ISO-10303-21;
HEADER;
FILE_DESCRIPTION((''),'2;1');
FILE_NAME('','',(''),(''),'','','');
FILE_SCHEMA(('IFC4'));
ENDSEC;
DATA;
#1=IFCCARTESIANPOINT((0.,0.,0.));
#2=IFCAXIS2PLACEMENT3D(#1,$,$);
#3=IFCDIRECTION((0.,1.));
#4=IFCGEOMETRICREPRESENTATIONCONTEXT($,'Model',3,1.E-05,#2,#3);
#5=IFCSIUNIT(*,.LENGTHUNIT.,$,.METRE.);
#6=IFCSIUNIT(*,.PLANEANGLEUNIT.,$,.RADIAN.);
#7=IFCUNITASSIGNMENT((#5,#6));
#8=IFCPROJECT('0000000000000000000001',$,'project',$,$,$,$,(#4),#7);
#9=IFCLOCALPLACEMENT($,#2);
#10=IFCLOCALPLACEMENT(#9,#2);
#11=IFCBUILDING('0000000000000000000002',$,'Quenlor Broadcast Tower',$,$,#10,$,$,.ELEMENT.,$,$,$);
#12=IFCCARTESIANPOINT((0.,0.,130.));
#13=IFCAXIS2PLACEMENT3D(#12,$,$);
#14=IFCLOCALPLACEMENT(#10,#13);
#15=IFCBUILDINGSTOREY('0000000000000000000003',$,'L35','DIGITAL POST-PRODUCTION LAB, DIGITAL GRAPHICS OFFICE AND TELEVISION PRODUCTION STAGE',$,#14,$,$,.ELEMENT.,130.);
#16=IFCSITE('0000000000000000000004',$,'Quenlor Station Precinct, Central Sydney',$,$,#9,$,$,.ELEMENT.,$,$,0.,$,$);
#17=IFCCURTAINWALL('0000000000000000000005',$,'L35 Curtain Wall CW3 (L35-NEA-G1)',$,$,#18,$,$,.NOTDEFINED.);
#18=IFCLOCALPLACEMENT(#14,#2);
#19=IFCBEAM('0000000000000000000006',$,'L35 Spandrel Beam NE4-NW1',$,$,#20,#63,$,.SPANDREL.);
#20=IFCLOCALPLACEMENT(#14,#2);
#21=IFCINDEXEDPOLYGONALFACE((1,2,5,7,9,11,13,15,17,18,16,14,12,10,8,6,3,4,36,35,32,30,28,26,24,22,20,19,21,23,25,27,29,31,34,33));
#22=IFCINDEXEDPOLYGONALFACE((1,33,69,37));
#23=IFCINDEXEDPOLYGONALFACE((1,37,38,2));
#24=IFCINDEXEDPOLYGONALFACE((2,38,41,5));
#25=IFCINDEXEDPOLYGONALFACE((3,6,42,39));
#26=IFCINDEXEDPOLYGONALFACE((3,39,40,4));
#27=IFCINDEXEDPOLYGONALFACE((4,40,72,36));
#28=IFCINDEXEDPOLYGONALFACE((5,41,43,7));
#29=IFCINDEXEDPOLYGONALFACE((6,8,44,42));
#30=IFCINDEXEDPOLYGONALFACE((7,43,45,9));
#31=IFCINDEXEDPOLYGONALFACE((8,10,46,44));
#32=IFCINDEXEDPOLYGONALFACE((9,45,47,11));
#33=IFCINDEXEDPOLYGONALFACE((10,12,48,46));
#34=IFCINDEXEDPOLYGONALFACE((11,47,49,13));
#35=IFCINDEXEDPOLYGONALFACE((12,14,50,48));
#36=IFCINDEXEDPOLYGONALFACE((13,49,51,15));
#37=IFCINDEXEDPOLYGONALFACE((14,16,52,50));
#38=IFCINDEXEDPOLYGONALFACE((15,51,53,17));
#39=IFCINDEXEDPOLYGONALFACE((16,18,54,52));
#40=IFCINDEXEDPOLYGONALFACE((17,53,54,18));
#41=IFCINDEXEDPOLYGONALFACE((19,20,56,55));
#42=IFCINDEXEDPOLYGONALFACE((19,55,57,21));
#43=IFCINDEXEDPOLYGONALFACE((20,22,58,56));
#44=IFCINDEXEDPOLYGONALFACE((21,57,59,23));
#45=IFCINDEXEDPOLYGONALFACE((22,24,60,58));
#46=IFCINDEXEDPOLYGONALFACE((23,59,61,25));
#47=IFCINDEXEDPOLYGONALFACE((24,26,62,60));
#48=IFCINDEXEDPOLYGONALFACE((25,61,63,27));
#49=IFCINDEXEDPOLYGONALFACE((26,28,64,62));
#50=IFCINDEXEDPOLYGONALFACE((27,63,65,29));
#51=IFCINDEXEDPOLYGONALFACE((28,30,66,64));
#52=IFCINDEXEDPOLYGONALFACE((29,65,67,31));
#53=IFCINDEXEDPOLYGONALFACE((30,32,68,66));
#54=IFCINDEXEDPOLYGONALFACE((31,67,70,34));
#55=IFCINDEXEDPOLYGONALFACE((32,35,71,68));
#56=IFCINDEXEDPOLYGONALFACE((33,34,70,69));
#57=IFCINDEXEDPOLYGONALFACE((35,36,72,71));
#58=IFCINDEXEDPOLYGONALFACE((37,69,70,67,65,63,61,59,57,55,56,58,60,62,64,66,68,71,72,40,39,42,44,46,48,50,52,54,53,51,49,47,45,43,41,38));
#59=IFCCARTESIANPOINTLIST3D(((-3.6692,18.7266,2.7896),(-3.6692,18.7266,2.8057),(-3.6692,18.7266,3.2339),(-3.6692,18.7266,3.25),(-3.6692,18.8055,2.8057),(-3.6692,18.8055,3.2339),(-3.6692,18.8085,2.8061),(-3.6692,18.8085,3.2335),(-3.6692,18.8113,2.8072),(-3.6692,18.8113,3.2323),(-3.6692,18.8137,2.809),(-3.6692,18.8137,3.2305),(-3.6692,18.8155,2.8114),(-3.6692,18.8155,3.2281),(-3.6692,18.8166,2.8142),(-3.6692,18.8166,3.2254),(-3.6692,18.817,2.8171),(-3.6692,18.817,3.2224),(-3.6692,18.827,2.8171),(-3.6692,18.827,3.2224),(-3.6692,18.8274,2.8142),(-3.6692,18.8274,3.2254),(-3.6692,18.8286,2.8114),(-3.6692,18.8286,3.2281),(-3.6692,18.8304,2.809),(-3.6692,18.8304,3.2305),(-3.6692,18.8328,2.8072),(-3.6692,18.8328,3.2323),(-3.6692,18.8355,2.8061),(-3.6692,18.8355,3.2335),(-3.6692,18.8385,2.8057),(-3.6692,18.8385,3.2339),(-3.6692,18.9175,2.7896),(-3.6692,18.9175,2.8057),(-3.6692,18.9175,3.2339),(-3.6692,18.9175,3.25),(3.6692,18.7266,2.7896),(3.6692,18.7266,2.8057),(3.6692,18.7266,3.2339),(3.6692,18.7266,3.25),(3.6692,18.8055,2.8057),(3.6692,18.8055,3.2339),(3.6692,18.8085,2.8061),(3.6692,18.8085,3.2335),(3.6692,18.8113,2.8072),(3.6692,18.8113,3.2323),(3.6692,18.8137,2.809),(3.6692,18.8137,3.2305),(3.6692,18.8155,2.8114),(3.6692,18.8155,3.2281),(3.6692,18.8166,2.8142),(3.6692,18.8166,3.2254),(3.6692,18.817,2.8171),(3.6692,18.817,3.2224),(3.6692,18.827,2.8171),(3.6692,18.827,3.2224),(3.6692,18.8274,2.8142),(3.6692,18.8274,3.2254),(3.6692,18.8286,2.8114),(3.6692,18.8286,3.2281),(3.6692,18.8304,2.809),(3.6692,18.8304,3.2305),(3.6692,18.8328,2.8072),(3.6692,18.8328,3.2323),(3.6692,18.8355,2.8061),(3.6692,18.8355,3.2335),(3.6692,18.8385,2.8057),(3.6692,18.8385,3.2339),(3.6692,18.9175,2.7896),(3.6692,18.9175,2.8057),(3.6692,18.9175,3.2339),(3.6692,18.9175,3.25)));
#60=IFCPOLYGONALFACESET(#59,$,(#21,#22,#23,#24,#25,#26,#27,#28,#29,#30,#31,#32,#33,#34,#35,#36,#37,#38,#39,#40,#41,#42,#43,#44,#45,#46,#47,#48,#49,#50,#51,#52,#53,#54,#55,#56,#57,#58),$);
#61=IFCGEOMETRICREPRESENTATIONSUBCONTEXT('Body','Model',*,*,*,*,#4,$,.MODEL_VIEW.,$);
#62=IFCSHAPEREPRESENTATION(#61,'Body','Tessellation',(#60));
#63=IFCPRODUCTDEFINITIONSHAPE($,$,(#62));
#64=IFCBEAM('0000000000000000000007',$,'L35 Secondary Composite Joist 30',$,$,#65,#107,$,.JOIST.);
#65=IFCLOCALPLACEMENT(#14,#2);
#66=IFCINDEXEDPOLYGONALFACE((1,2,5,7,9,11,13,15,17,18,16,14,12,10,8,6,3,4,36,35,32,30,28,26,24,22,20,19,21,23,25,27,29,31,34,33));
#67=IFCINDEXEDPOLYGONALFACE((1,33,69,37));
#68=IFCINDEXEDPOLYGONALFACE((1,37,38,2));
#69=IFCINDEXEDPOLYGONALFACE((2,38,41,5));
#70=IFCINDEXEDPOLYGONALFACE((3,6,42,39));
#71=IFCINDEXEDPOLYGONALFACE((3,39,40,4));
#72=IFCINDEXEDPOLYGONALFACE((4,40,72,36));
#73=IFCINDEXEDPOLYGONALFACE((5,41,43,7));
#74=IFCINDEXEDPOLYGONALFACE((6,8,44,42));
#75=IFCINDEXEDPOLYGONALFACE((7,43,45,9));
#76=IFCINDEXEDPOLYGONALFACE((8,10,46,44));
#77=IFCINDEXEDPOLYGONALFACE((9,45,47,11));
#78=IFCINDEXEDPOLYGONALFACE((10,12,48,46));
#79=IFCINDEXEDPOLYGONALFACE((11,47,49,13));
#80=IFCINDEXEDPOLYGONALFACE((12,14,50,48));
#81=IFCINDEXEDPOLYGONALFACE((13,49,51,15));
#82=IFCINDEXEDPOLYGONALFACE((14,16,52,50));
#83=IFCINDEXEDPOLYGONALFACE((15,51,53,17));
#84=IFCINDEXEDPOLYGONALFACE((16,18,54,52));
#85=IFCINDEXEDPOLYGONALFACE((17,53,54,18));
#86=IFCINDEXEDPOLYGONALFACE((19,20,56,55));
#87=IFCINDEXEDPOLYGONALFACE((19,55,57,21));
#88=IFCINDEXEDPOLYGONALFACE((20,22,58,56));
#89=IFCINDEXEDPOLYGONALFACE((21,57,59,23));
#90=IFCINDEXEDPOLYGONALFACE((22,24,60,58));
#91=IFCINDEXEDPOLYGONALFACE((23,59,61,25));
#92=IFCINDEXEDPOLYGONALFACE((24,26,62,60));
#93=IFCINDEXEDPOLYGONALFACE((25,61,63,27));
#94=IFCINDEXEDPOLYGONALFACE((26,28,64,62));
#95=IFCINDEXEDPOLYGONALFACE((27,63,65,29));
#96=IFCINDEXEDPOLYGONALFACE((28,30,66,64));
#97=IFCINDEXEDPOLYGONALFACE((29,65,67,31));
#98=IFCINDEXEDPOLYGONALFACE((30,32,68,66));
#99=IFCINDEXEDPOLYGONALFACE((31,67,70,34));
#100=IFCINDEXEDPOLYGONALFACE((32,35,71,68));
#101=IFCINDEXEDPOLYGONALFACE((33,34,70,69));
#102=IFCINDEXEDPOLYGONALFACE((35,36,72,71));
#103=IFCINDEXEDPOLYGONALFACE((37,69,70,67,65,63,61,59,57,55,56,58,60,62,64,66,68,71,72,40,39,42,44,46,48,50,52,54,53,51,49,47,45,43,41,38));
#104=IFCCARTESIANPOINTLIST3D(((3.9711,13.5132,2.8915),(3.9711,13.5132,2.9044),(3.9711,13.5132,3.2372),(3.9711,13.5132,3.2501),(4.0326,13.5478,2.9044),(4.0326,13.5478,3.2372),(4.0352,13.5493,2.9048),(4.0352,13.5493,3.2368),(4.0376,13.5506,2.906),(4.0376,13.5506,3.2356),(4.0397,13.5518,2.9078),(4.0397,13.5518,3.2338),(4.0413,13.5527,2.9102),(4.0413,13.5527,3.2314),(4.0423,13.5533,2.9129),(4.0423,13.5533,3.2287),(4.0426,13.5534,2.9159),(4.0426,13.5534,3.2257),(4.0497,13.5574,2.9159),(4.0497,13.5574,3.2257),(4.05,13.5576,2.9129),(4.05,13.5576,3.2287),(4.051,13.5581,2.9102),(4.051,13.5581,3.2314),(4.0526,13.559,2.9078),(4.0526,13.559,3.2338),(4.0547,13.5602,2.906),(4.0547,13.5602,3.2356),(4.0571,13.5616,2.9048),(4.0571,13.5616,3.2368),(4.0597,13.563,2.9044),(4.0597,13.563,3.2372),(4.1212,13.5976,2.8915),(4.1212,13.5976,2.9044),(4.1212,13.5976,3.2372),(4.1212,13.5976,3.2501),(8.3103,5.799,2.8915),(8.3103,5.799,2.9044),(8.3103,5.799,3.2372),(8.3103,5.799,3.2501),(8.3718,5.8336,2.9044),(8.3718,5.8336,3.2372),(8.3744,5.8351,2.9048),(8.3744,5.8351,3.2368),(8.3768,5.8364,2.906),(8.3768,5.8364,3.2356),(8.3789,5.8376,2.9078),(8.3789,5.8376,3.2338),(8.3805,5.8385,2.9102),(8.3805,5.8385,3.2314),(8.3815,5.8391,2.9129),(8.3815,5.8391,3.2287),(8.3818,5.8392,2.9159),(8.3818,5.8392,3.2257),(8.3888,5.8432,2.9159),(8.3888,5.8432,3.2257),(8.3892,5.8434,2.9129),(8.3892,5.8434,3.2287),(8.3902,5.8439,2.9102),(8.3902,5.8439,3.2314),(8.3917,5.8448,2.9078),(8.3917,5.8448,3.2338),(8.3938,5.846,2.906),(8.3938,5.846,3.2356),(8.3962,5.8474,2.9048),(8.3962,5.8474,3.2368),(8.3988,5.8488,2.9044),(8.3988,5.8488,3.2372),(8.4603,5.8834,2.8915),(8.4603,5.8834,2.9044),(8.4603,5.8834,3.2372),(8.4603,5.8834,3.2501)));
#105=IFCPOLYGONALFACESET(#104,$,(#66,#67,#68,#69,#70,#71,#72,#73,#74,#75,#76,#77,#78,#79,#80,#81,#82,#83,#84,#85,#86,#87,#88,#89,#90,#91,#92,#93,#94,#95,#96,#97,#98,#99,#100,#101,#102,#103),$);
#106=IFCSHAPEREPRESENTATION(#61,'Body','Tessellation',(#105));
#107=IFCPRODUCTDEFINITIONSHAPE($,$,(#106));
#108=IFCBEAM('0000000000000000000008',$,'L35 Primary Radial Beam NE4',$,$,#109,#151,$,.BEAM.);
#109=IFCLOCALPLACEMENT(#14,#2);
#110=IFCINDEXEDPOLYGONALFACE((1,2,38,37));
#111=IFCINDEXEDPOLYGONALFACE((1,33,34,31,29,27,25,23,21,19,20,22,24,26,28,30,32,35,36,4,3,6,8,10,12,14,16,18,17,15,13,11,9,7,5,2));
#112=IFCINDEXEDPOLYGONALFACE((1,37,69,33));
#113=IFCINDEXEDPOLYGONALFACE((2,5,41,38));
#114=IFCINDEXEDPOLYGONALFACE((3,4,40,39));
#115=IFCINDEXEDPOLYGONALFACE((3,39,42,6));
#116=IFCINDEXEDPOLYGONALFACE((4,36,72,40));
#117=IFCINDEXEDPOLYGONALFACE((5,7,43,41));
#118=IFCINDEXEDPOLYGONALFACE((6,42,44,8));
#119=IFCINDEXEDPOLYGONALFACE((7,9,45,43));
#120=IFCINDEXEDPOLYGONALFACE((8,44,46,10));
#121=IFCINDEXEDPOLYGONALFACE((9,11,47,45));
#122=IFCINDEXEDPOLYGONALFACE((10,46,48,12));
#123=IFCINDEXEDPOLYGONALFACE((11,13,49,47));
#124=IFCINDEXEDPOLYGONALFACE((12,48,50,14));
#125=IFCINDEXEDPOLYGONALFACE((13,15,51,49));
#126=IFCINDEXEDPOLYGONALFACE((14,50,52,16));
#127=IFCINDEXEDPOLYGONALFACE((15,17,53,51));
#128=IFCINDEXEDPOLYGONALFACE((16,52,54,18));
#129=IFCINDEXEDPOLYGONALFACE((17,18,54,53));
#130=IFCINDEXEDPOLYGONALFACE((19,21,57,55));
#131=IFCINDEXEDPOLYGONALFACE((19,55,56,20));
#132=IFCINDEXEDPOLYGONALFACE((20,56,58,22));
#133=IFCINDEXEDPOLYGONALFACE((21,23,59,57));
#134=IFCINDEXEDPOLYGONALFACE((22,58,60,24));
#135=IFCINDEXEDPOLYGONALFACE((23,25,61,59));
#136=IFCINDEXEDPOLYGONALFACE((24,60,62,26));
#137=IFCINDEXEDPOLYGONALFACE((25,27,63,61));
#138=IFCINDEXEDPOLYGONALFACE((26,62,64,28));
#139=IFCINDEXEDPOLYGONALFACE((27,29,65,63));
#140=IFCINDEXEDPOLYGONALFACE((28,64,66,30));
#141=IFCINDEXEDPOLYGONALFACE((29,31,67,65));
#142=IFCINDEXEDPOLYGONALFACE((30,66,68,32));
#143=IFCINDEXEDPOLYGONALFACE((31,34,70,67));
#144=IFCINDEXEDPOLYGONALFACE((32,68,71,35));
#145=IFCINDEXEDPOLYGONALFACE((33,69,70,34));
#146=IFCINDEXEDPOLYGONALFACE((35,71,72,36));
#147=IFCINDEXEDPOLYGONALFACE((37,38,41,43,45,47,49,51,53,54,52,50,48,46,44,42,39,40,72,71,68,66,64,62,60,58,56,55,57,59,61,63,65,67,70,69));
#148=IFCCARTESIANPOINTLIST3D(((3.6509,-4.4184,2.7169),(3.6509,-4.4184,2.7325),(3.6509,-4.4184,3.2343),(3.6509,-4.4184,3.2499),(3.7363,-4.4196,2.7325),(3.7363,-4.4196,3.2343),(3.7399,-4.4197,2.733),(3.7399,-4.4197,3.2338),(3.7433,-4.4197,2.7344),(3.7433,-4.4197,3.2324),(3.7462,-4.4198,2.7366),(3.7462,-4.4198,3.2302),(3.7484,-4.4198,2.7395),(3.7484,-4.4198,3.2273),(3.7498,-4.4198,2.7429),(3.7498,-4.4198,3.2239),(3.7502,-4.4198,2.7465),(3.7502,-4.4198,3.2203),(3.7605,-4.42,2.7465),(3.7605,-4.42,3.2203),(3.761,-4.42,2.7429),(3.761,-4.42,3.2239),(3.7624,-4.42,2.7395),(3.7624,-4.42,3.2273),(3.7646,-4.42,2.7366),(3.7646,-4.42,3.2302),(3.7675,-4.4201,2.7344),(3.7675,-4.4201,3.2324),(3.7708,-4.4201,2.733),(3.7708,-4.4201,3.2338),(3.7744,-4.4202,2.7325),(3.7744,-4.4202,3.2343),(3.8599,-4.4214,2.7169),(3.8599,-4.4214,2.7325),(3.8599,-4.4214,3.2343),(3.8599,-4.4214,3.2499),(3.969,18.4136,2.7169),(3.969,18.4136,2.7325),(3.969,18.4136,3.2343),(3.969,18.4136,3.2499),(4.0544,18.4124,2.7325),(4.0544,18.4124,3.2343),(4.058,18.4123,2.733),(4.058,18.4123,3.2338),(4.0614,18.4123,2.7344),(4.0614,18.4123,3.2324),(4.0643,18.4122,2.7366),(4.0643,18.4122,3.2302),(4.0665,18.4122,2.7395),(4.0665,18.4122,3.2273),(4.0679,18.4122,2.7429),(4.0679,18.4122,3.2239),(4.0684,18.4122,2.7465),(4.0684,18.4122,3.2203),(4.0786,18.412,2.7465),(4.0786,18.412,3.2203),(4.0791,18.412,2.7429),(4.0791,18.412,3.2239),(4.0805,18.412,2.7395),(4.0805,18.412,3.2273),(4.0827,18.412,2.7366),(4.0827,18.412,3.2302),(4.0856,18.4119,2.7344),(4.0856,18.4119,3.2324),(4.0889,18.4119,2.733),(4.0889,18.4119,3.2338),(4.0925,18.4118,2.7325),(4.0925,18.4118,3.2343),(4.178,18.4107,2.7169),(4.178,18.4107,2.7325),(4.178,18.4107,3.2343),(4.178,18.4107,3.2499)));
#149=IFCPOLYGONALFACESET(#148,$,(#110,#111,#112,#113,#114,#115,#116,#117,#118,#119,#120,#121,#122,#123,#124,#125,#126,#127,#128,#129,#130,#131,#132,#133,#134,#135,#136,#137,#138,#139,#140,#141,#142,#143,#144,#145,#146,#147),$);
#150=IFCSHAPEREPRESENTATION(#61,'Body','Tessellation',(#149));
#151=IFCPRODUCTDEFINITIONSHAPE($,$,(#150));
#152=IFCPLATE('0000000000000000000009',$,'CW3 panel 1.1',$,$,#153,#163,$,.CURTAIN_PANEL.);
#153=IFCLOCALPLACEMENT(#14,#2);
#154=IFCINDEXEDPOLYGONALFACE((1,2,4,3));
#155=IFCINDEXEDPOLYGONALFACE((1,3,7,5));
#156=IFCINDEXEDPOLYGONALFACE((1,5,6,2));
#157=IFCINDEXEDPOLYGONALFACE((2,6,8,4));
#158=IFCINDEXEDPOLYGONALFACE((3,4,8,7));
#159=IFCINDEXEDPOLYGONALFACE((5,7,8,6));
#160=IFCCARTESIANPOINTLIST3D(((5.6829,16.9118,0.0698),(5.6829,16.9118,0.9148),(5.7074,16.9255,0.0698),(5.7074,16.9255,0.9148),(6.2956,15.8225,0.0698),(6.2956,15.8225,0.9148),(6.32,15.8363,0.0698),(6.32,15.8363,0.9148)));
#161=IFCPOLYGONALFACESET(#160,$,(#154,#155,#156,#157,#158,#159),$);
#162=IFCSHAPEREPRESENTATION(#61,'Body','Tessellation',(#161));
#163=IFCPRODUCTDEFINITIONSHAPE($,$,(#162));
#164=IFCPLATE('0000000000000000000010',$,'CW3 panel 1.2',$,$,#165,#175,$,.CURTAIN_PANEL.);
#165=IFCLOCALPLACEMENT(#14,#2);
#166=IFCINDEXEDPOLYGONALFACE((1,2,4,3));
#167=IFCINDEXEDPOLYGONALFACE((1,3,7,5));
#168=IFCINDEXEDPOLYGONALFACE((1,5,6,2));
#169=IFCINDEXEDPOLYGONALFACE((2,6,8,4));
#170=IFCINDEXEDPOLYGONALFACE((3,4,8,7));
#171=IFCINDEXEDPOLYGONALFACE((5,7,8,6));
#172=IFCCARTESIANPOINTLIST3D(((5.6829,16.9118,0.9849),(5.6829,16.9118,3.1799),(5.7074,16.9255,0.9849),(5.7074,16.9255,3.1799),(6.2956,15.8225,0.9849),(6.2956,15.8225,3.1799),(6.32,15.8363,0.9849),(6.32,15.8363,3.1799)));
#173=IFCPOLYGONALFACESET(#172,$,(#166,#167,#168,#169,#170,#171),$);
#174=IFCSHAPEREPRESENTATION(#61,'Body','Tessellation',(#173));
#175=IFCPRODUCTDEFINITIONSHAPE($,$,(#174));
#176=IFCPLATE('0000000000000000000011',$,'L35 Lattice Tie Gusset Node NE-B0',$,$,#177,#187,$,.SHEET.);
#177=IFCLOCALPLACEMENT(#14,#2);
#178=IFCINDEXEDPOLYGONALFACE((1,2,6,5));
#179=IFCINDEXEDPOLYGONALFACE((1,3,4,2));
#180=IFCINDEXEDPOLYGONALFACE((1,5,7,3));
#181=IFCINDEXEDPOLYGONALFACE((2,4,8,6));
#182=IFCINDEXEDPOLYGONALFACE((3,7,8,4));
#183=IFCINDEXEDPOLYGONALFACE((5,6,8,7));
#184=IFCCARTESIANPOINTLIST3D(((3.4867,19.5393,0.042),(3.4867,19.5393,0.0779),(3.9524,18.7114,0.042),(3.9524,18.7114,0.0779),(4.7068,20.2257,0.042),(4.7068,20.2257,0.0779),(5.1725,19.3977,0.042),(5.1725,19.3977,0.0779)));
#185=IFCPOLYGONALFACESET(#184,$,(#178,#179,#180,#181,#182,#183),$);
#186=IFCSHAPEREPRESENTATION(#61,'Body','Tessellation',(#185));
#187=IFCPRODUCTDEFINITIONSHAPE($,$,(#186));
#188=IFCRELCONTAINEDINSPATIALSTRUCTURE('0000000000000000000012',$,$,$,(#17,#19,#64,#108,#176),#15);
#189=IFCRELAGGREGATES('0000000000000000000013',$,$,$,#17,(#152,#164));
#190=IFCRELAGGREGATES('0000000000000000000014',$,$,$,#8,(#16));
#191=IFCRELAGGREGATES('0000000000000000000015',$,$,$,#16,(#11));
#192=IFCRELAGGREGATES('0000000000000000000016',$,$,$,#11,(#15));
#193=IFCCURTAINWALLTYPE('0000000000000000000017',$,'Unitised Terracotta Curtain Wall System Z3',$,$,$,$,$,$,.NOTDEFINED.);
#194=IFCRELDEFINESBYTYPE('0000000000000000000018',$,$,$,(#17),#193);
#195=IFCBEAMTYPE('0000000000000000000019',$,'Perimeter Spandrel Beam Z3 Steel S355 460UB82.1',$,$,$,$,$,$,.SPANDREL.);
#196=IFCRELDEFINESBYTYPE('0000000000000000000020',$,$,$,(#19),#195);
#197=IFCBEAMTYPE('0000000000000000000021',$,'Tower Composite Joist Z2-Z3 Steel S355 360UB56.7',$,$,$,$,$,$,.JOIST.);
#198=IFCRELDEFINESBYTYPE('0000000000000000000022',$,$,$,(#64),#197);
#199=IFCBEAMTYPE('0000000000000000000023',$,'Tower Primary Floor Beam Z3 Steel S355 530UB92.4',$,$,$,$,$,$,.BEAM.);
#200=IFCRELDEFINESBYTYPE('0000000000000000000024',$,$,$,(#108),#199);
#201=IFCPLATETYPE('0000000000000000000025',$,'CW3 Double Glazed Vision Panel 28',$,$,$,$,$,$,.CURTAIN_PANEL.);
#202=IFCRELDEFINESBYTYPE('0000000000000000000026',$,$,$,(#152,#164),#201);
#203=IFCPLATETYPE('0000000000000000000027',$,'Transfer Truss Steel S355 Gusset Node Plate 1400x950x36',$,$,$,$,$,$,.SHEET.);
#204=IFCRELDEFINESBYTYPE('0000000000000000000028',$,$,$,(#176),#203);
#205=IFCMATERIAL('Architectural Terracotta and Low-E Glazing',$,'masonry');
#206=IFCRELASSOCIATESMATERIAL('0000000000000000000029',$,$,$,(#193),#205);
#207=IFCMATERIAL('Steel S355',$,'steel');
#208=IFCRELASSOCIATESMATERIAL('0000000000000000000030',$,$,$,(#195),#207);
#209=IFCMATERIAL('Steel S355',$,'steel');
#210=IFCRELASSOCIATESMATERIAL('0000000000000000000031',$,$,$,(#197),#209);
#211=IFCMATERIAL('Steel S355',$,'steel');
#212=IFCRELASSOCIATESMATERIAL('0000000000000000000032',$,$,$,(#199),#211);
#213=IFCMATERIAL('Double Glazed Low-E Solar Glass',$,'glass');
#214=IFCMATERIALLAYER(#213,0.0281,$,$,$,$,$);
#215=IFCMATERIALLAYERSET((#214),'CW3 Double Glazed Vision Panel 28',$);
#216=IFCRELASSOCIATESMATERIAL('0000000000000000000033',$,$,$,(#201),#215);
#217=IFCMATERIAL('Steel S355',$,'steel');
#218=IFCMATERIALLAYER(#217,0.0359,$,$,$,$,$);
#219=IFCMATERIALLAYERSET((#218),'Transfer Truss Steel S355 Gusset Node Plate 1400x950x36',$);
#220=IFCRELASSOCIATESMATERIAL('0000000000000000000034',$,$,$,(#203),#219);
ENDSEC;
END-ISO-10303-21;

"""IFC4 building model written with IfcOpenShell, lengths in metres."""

from ifc_helpers import new_model, si_unit, direction, frame, origin, origin_2d, place, context, subcontext, project, spatial, rectangle, i_section, extrude, material, layer, layer_set, material_profile, profile_set, type_object, element, aggregate, save


model = new_model("IFC4")

# Units and contexts
model_context = context("Model", 3, precision=1e-05, world=origin(), true_north=direction((0.0, 1.0)))
body_context = subcontext(model_context, "Body", "Model", "MODEL_VIEW")
ifc_project = project(units=[si_unit("LENGTHUNIT", "METRE"), si_unit("PLANEANGLEUNIT", "RADIAN")], contexts=[model_context])

# Site, building, storey
site_placement = place(None, origin())
site = spatial("IfcSite", under=ifc_project, at=site_placement, Name="Quenlor Station Precinct, Central Sydney", CompositionType="ELEMENT", RefElevation=0.0)
building_placement = place(site_placement, origin())
building = spatial("IfcBuilding", under=site, at=building_placement, Name="Quenlor Broadcast Tower", CompositionType="ELEMENT")
storey_placement = place(building_placement, frame((0.0, 0.0, 130.0)))
storey = spatial("IfcBuildingStorey", under=building, at=storey_placement, Name="L35", Description="DIGITAL POST-PRODUCTION LAB, DIGITAL GRAPHICS OFFICE AND TELEVISION PRODUCTION STAGE", CompositionType="ELEMENT", Elevation=130.0)

# Curtain wall
ifc_material_1 = material(Name="Architectural Terracotta and Low-E Glazing", Category="masonry")
curtain_wall_type = type_object("IfcCurtainWallType", Name="Unitised Terracotta Curtain Wall System Z3", PredefinedType="NOTDEFINED", material=ifc_material_1)
curtain_wall_1_placement = place(storey_placement, origin())
curtain_wall_1 = element("IfcCurtainWall", 1, at=curtain_wall_1_placement, inside=storey, type_object=curtain_wall_type, Name="L35 Curtain Wall CW3 (L35-NEA-G1)", PredefinedType="NOTDEFINED")

# Beams
ifc_material_2 = material(Name="Steel S355", Category="steel")
ifc_material_profile_1 = material_profile(ifc_material_2, i_section(OverallWidth=0.1909, OverallDepth=0.4604, WebThickness=0.01, FlangeThickness=0.0161, FilletRadius=0.0115, at=origin_2d()))
ifc_profile_set_1 = profile_set([ifc_material_profile_1], Name="Steel S355 460UB82.1")
beam_type_1 = type_object("IfcBeamType", Name="Perimeter Spandrel Beam Z3 Steel S355 460UB82.1", PredefinedType="SPANDREL", material=ifc_profile_set_1)
beam_1_placement = place(storey_placement, frame((3.6692, 18.822, 3.0198), z_axis=(-1.0, 0.0, 0.0), x_axis=(0.0, -1.0, 0.0)))
element("IfcBeam", 2, at=beam_1_placement, inside=storey, type_object=beam_type_1, Name="L35 Spandrel Beam NE4-NW1", PredefinedType="SPANDREL", context=body_context, shape_type="SweptSolid", body=[
    extrude(i_section(OverallWidth=0.1909, OverallDepth=0.4604, WebThickness=0.01, FlangeThickness=0.0161, FilletRadius=0.0115, at=origin_2d()), origin(), (0.0, 0.0, 1.0), 7.3384),
])
ifc_material_3 = material(Name="Steel S355", Category="steel")
ifc_material_profile_2 = material_profile(ifc_material_3, i_section(OverallWidth=0.1721, OverallDepth=0.3586, WebThickness=0.0081, FlangeThickness=0.0129, FilletRadius=0.0115, at=origin_2d()))
ifc_profile_set_2 = profile_set([ifc_material_profile_2], Name="Steel S355 360UB56.7")
beam_type_2 = type_object("IfcBeamType", Name="Tower Composite Joist Z2-Z3 Steel S355 360UB56.7", PredefinedType="JOIST", material=ifc_profile_set_2)
beam_2_placement = place(storey_placement, frame((4.0461, 13.5554, 3.0708), z_axis=(0.490255, -0.871579, 0.0), x_axis=(0.871579, 0.490255, 0.0)))
element("IfcBeam", 3, at=beam_2_placement, inside=storey, type_object=beam_type_2, Name="L35 Secondary Composite Joist 30", PredefinedType="JOIST", context=body_context, shape_type="SweptSolid", body=[
    extrude(i_section(OverallWidth=0.1721, OverallDepth=0.3586, WebThickness=0.0081, FlangeThickness=0.0129, FilletRadius=0.0115, at=origin_2d()), origin(), (0.0, 0.0, 1.0), 8.8508),
])
ifc_material_4 = material(Name="Steel S355", Category="steel")
ifc_material_profile_3 = material_profile(ifc_material_4, i_section(OverallWidth=0.209, OverallDepth=0.533, WebThickness=0.0103, FlangeThickness=0.0156, FilletRadius=0.0139, at=origin_2d()))
ifc_profile_set_3 = profile_set([ifc_material_profile_3], Name="Steel S355 530UB92.4")
beam_type_3 = type_object("IfcBeamType", Name="Tower Primary Floor Beam Z3 Steel S355 530UB92.4", PredefinedType="BEAM", material=ifc_profile_set_3)
beam_3_placement = place(storey_placement, frame((4.0735, 18.4121, 2.9834), z_axis=(-0.013931, -0.999903, 0.0), x_axis=(0.999903, -0.013931, 0.0)))
element("IfcBeam", 4, at=beam_3_placement, inside=storey, type_object=beam_type_3, Name="L35 Primary Radial Beam NE4", PredefinedType="BEAM", context=body_context, shape_type="SweptSolid", body=[
    extrude(i_section(OverallWidth=0.209, OverallDepth=0.533, WebThickness=0.0103, FlangeThickness=0.0156, FilletRadius=0.0139, at=origin_2d()), origin(), (0.0, 0.0, 1.0), 22.8342),
])

# Plates
ifc_material_5 = material(Name="Double Glazed Low-E Solar Glass", Category="glass")
ifc_layer_1 = layer(ifc_material_5, 0.0281)
ifc_layer_set_1 = layer_set([ifc_layer_1], Name="CW3 Double Glazed Vision Panel 28")
plate_type_1 = type_object("IfcPlateType", Name="CW3 Double Glazed Vision Panel 28", PredefinedType="CURTAIN_PANEL", material=ifc_layer_set_1)
plate_1_placement = place(storey_placement, frame((6.0015, 16.374, 0.0698), z_axis=(0.0, 0.0, 1.0), x_axis=(0.49023, -0.871593, 0.0)))
plate_1 = element("IfcPlate", 5, at=plate_1_placement, type_object=plate_type_1, Name="CW3 panel 1.1", PredefinedType="CURTAIN_PANEL", context=body_context, shape_type="SweptSolid", body=[
    extrude(rectangle(XDim=1.2498, YDim=0.0281, at=origin_2d()), origin(), (0.0, 0.0, 1.0), 0.845),
])
plate_2_placement = place(storey_placement, frame((6.0015, 16.374, 0.9849), z_axis=(0.0, 0.0, 1.0), x_axis=(0.49023, -0.871593, 0.0)))
plate_2 = element("IfcPlate", 6, at=plate_2_placement, type_object=plate_type_1, Name="CW3 panel 1.2", PredefinedType="CURTAIN_PANEL", context=body_context, shape_type="SweptSolid", body=[
    extrude(rectangle(XDim=1.2498, YDim=0.0281, at=origin_2d()), origin(), (0.0, 0.0, 1.0), 2.1951),
])
aggregate(curtain_wall_1, [plate_1, plate_2])

# Plate
ifc_material_6 = material(Name="Steel S355", Category="steel")
ifc_layer_2 = layer(ifc_material_6, 0.0359)
ifc_layer_set_2 = layer_set([ifc_layer_2], Name="Transfer Truss Steel S355 Gusset Node Plate 1400x950x36")
plate_type_2 = type_object("IfcPlateType", Name="Transfer Truss Steel S355 Gusset Node Plate 1400x950x36", PredefinedType="SHEET", material=ifc_layer_set_2)
for number, where, z_axis, x_axis, name in (
    (7, (4.3296, 19.4685, 0.042), (0.0, 0.0, 1.0), (0.871556, 0.490295, 0.0), "L35 Lattice Tie Gusset Node NE-B0"),
):
    element("IfcPlate", number, at=place(storey_placement, frame(where, z_axis=z_axis, x_axis=x_axis)), inside=storey, type_object=plate_type_2, Name=name, PredefinedType="SHEET", context=body_context, shape_type="SweptSolid", body=[
        extrude(rectangle(XDim=1.3999, YDim=0.95, at=origin_2d()), origin(), (0.0, 0.0, 1.0), 0.0359),
    ])

save(model, "model.ifc")
